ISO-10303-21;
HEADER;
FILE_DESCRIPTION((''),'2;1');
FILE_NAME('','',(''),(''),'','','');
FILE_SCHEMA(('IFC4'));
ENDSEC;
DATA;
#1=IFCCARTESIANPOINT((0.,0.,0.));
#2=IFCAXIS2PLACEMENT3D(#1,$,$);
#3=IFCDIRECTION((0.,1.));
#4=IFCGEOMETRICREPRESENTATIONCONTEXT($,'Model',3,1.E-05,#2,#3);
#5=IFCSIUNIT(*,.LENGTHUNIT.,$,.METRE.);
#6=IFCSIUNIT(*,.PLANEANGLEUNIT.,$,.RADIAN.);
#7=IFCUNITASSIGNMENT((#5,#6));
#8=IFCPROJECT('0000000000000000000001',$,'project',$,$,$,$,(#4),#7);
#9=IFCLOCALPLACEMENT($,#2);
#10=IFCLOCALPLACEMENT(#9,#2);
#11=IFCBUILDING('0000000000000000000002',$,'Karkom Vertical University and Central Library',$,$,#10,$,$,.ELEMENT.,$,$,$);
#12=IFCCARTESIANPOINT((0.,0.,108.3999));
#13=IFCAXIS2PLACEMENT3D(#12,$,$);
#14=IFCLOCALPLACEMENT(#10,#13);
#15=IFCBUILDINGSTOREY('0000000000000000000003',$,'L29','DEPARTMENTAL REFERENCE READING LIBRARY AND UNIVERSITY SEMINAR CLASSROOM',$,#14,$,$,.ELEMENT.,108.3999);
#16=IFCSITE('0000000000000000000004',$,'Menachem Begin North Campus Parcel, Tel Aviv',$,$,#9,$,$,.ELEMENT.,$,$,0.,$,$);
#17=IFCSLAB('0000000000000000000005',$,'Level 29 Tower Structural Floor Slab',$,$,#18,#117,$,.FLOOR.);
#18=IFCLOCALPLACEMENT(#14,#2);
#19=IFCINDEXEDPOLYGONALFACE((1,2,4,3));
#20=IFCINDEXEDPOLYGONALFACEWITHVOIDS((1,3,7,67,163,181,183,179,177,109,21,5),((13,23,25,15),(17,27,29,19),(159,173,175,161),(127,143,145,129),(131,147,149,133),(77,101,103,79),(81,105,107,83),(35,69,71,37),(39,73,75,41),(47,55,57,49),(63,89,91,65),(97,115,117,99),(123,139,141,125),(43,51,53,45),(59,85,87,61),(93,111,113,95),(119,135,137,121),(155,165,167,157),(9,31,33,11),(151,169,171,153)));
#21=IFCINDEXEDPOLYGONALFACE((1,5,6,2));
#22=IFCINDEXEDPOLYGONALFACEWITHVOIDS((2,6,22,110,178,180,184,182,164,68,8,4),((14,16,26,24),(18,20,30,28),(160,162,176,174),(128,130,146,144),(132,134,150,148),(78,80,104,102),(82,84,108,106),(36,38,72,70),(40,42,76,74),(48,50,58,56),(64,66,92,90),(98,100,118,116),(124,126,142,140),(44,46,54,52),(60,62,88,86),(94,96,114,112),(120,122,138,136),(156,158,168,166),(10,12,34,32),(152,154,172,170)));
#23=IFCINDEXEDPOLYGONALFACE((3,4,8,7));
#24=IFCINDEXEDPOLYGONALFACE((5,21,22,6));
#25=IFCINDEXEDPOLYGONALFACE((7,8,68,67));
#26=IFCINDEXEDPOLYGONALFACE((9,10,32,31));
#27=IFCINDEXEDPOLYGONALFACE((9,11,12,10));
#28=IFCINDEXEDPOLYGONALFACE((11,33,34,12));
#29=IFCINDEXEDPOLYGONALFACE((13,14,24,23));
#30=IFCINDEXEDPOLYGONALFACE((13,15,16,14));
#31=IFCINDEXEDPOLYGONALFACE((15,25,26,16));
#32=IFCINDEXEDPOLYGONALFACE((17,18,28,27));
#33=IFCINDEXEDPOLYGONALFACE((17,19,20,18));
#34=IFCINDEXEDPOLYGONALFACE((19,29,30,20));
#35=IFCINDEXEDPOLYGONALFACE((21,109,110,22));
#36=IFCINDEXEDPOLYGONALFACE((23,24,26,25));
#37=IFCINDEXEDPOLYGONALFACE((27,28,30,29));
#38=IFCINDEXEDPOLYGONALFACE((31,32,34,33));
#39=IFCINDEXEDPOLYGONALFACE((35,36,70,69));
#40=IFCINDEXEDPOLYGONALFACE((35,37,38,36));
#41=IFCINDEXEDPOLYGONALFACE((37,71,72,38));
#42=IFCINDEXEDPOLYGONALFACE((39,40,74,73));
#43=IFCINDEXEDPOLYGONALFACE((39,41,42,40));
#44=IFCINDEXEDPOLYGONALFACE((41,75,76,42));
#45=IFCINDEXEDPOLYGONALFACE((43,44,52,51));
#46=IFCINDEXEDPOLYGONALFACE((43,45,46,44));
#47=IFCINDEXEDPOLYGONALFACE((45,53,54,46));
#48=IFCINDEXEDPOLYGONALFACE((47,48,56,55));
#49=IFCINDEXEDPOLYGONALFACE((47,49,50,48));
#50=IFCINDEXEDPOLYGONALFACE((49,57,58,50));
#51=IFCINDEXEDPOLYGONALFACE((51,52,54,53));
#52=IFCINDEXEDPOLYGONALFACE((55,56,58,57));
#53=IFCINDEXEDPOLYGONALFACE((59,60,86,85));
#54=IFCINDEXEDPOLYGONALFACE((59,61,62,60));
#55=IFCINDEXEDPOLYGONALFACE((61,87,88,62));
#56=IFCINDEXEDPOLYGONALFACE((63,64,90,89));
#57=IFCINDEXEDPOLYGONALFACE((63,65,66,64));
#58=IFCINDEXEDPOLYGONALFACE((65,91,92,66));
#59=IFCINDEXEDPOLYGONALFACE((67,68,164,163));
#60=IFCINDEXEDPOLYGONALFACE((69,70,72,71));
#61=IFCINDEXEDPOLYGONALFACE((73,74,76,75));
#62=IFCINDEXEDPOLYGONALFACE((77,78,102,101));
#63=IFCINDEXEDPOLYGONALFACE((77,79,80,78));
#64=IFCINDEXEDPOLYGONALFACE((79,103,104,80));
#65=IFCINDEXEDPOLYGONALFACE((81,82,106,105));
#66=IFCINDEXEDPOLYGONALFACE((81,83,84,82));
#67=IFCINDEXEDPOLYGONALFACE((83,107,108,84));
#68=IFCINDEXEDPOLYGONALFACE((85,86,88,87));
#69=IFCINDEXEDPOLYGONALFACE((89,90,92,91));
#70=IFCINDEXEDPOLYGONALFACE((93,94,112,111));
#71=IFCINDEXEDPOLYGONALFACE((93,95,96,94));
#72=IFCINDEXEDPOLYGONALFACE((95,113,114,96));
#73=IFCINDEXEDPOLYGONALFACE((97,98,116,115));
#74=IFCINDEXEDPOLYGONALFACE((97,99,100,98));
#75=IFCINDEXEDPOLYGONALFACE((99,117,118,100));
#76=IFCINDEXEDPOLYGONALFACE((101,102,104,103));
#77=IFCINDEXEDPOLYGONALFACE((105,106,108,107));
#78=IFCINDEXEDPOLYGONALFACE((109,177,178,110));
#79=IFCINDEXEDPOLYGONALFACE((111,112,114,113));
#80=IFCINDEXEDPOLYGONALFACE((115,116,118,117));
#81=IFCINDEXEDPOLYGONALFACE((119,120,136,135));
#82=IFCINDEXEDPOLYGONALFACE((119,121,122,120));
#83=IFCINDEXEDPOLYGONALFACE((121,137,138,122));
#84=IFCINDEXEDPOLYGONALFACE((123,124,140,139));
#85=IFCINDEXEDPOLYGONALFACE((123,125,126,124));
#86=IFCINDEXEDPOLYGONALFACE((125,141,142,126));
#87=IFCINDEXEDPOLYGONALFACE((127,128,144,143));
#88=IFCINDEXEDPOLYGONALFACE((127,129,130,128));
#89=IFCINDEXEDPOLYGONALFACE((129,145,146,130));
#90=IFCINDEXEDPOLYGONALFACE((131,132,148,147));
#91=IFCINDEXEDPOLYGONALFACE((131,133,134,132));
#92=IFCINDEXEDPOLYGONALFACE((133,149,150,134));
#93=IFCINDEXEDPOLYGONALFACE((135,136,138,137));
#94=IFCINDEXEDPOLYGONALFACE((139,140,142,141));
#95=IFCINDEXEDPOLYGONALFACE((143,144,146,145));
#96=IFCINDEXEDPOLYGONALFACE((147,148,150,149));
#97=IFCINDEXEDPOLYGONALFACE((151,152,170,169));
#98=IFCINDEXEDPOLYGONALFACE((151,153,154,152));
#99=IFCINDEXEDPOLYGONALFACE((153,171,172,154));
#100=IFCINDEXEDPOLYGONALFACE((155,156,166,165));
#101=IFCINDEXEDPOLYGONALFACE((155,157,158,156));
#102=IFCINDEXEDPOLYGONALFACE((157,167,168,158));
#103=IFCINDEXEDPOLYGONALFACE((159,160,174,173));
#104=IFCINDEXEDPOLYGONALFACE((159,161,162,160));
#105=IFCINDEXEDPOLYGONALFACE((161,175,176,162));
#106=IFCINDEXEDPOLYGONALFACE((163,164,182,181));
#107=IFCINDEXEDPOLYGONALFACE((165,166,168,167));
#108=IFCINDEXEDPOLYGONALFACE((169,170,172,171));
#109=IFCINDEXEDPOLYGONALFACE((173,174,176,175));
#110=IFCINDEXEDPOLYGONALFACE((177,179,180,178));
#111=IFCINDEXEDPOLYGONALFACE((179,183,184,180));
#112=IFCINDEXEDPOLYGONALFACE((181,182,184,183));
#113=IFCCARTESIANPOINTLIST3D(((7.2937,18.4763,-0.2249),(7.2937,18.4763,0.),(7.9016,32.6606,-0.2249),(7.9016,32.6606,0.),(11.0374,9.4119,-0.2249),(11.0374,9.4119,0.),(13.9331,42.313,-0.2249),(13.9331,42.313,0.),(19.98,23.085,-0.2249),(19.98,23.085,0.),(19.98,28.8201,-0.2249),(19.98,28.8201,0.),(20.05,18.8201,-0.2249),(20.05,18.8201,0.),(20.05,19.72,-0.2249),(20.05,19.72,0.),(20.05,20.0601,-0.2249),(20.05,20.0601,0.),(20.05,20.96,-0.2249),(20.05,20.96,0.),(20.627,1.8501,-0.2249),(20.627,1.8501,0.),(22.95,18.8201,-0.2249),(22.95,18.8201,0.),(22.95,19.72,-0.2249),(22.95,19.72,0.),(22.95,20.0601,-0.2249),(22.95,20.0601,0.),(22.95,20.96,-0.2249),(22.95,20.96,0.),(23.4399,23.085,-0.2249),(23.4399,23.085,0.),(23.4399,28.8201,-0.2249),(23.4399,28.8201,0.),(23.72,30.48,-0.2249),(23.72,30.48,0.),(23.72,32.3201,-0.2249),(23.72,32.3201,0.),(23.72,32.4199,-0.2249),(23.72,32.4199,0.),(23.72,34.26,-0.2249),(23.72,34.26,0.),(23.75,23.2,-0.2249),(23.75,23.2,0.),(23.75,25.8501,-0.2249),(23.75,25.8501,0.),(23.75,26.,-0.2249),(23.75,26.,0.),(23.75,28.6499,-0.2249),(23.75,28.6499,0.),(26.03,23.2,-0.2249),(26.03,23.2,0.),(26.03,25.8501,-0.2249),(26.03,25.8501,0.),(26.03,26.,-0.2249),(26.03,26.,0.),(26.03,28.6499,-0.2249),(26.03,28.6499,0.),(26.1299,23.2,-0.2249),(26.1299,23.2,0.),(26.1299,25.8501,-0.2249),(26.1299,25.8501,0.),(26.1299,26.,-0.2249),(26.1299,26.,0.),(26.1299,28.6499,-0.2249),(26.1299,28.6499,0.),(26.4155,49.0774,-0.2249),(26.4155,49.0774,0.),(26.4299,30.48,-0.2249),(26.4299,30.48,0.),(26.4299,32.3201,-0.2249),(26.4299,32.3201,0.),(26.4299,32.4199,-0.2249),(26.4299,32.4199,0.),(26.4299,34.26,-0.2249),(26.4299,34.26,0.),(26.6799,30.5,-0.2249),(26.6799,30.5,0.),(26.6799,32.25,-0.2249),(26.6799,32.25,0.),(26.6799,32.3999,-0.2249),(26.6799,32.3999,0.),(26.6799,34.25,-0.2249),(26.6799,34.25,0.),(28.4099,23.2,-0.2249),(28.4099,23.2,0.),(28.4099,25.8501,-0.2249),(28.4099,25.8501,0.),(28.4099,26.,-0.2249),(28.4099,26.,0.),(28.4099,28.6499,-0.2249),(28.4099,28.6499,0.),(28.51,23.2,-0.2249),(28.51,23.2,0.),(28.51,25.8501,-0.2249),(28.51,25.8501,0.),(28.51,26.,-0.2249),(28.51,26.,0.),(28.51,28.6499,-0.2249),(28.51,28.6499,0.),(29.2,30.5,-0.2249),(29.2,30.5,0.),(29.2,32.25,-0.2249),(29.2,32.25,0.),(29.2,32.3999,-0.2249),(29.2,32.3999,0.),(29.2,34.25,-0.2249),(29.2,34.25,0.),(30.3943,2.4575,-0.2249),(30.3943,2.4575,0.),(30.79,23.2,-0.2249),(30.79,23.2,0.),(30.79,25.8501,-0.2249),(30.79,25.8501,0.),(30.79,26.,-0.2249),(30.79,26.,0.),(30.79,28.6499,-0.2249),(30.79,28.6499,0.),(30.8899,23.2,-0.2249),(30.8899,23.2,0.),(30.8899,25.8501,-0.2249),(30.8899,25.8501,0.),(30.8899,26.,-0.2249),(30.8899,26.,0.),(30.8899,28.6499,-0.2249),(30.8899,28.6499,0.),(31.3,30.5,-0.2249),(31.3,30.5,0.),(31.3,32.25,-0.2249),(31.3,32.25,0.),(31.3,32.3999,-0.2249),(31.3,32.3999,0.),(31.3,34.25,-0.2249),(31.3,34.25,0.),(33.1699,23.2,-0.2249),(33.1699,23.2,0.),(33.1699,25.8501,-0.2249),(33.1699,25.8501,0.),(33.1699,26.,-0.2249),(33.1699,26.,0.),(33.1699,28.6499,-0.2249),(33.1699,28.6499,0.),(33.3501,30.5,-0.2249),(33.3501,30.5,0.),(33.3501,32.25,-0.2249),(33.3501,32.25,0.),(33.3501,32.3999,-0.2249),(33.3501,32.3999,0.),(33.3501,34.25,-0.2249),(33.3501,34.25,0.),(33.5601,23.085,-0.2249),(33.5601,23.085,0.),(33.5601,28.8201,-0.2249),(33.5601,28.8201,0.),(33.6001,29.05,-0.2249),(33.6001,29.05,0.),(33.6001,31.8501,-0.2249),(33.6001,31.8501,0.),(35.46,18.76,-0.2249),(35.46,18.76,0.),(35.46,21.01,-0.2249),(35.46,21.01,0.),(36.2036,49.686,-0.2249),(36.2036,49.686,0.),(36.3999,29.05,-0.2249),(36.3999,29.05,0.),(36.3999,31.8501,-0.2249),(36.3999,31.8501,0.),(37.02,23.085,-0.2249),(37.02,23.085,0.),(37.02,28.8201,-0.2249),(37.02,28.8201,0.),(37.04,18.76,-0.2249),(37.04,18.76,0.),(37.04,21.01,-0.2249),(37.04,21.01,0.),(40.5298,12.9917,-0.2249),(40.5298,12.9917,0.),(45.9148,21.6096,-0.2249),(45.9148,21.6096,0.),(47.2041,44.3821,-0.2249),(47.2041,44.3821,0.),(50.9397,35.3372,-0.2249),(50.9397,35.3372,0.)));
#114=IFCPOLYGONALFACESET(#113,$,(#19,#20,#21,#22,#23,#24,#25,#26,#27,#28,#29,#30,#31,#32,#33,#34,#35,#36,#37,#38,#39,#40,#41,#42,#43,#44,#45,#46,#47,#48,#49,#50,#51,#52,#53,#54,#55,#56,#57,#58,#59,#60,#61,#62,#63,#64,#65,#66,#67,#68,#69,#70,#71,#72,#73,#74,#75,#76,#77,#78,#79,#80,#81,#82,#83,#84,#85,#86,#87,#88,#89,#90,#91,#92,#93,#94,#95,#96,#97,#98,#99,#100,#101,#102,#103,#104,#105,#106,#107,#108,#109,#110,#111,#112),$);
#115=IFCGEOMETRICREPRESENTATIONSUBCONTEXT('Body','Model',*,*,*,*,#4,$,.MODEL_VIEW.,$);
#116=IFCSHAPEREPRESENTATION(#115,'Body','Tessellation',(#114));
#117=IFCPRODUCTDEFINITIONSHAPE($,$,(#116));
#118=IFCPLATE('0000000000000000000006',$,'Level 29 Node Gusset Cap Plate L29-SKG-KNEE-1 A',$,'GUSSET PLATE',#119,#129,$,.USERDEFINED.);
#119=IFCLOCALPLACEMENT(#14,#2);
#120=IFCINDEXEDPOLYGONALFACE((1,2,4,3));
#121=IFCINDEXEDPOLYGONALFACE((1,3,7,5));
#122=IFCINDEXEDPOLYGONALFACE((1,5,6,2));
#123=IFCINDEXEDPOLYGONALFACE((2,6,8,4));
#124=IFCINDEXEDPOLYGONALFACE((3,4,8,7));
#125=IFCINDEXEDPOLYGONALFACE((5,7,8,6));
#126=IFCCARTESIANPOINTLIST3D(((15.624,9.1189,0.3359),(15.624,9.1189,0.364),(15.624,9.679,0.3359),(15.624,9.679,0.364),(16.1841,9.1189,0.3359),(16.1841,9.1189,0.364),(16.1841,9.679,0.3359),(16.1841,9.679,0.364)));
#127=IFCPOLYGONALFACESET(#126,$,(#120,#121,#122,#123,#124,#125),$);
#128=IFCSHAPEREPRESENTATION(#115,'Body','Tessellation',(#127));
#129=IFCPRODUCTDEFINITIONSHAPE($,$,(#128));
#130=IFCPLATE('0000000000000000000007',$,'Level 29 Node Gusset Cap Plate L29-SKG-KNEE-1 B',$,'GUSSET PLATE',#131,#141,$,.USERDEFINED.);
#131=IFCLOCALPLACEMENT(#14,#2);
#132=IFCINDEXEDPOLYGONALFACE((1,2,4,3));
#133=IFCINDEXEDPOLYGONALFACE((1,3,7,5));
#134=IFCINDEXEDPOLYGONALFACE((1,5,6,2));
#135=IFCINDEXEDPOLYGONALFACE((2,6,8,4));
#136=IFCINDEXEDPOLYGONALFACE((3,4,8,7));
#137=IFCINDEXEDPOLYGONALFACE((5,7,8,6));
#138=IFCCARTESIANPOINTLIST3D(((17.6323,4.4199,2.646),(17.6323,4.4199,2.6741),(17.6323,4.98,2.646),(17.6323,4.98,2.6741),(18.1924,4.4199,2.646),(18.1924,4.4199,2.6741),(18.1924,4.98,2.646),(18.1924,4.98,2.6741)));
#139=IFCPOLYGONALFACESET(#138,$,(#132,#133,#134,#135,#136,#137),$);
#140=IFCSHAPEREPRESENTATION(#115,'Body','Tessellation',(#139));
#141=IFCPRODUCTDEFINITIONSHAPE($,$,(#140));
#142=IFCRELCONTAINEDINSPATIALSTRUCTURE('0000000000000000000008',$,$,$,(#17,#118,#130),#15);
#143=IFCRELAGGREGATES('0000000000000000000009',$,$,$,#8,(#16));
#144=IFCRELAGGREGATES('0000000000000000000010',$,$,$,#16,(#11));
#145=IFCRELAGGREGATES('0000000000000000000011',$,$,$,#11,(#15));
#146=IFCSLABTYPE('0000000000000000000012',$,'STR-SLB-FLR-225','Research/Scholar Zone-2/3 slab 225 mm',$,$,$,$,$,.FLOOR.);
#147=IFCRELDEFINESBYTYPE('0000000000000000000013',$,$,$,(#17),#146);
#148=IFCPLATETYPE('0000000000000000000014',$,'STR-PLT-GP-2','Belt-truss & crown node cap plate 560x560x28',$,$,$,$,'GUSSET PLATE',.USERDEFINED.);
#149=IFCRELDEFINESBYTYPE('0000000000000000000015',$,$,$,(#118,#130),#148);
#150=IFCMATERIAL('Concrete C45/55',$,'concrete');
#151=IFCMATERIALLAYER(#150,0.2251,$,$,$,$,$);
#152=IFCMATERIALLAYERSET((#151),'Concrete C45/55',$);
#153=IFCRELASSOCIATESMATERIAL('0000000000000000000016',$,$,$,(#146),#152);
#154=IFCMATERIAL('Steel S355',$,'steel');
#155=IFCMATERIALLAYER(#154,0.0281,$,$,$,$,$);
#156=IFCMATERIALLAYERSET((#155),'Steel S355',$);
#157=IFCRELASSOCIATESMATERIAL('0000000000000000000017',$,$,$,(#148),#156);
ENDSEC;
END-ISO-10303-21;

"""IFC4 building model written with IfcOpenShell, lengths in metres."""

from ifc_helpers import new_model, si_unit, direction, frame, origin, origin_with_axes, origin_2d, place, context, subcontext, project, spatial, polyline, rectangle, outline, extrude, source, transform, mapped, material, layer, layer_set, type_object, element, save


model = new_model("IFC4")

# Units and contexts
model_context = context("Model", 3, precision=1e-05, world=origin(), true_north=direction((0.0, 1.0)))
body_context = subcontext(model_context, "Body", "Model", "MODEL_VIEW")
ifc_project = project(units=[si_unit("LENGTHUNIT", "METRE"), si_unit("PLANEANGLEUNIT", "RADIAN")], contexts=[model_context])

# Site, building, storey
site_placement = place(None, origin())
site = spatial("IfcSite", under=ifc_project, at=site_placement, Name="Menachem Begin North Campus Parcel, Tel Aviv", CompositionType="ELEMENT", RefElevation=0.0)
building_placement = place(site_placement, origin())
building = spatial("IfcBuilding", under=site, at=building_placement, Name="Karkom Vertical University and Central Library", CompositionType="ELEMENT")
storey_placement = place(building_placement, frame((0.0, 0.0, 108.3999)))
storey = spatial("IfcBuildingStorey", under=building, at=storey_placement, Name="L29", Description="DEPARTMENTAL REFERENCE READING LIBRARY AND UNIVERSITY SEMINAR CLASSROOM", CompositionType="ELEMENT", Elevation=108.3999)

# Shared definitions
ifc_material_1 = material(Name="Steel S355", Category="steel")

# Shared definitions
ifc_material_2 = material(Name="Concrete C45/55", Category="concrete")

# Slab
ifc_layer_1 = layer(ifc_material_2, 0.2251)
ifc_layer_set_1 = layer_set([ifc_layer_1], Name="Concrete C45/55")
slab_type_1 = type_object("IfcSlabType", Name="STR-SLB-FLR-225", Description="Research/Scholar Zone-2/3 slab 225 mm", PredefinedType="FLOOR", material=ifc_layer_set_1)
slab_1_placement = place(storey_placement, frame((0.0, 0.0, -0.2249)))
element("IfcSlab", 1, at=slab_1_placement, inside=storey, type_object=slab_type_1, Name="Level 29 Tower Structural Floor Slab", PredefinedType="FLOOR", context=body_context, shape_type="SweptSolid", body=[
    extrude(outline(polyline([(13.9331, 42.313), (7.9016, 32.6606), (7.2937, 18.4763), (11.0374, 9.4119), (20.627, 1.8501), (30.3943, 2.4575), (40.5298, 12.9917), (45.9148, 21.6096), (50.9397, 35.3372), (47.2041, 44.3821), (36.2036, 49.686), (26.4155, 49.0774), (13.9331, 42.313)]), holes=[polyline([(19.98, 23.085), (23.4399, 23.085), (23.4399, 28.8201), (19.98, 28.8201), (19.98, 23.085)]), polyline([(33.5601, 23.085), (37.02, 23.085), (37.02, 28.8201), (33.5601, 28.8201), (33.5601, 23.085)]), polyline([(23.75, 23.2), (26.03, 23.2), (26.03, 25.8501), (23.75, 25.8501), (23.75, 23.2)]), polyline([(26.1299, 23.2), (28.4099, 23.2), (28.4099, 25.8501), (26.1299, 25.8501), (26.1299, 23.2)]), polyline([(28.51, 23.2), (30.79, 23.2), (30.79, 25.8501), (28.51, 25.8501), (28.51, 23.2)]), polyline([(30.8899, 23.2), (33.1699, 23.2), (33.1699, 25.8501), (30.8899, 25.8501), (30.8899, 23.2)]), polyline([(23.75, 26.0), (26.03, 26.0), (26.03, 28.6499), (23.75, 28.6499), (23.75, 26.0)]), polyline([(26.1299, 26.0), (28.4099, 26.0), (28.4099, 28.6499), (26.1299, 28.6499), (26.1299, 26.0)]), polyline([(28.51, 26.0), (30.79, 26.0), (30.79, 28.6499), (28.51, 28.6499), (28.51, 26.0)]), polyline([(30.8899, 26.0), (33.1699, 26.0), (33.1699, 28.6499), (30.8899, 28.6499), (30.8899, 26.0)]), polyline([(26.6799, 30.5), (29.2, 30.5), (29.2, 32.25), (26.6799, 32.25), (26.6799, 30.5)]), polyline([(26.6799, 32.3999), (29.2, 32.3999), (29.2, 34.25), (26.6799, 34.25), (26.6799, 32.3999)]), polyline([(31.3, 30.5), (33.3501, 30.5), (33.3501, 32.25), (31.3, 32.25), (31.3, 30.5)]), polyline([(31.3, 32.3999), (33.3501, 32.3999), (33.3501, 34.25), (31.3, 34.25), (31.3, 32.3999)]), polyline([(23.72, 30.48), (26.4299, 30.48), (26.4299, 32.3201), (23.72, 32.3201), (23.72, 30.48)]), polyline([(23.72, 32.4199), (26.4299, 32.4199), (26.4299, 34.26), (23.72, 34.26), (23.72, 32.4199)]), polyline([(33.6001, 29.05), (36.3999, 29.05), (36.3999, 31.8501), (33.6001, 31.8501), (33.6001, 29.05)]), polyline([(20.05, 18.8201), (22.95, 18.8201), (22.95, 19.72), (20.05, 19.72), (20.05, 18.8201)]), polyline([(20.05, 20.0601), (22.95, 20.0601), (22.95, 20.96), (20.05, 20.96), (20.05, 20.0601)]), polyline([(35.46, 18.76), (37.04, 18.76), (37.04, 21.01), (35.46, 21.01), (35.46, 18.76)])]), origin(), (0.0, 0.0, 1.0), 0.2249),
])

# Plates
ifc_layer_2 = layer(ifc_material_1, 0.0281)
ifc_layer_set_2 = layer_set([ifc_layer_2], Name="Steel S355")
plate_type = type_object("IfcPlateType", Name="STR-PLT-GP-2", Description="Belt-truss & crown node cap plate 560x560x28", ElementType="GUSSET PLATE", PredefinedType="USERDEFINED", material=ifc_layer_set_2)
shared_shape_1 = source(origin_with_axes(), body_context, "Body", "SweptSolid", [
    extrude(rectangle(XDim=0.5601, YDim=0.5601, at=origin_2d()), origin(), (0.0, 0.0, 1.0), 0.0281),
])
for number, where, z_axis, x_axis, name in (
    (2, (15.9041, 9.3989, 0.3359), (0.0, 0.0, 1.0), (1.0, 0.0, 0.0), "Level 29 Node Gusset Cap Plate L29-SKG-KNEE-1 A"),
    (3, (17.9124, 4.7, 2.646), (0.0, 0.0, 1.0), (1.0, 0.0, 0.0), "Level 29 Node Gusset Cap Plate L29-SKG-KNEE-1 B"),
):
    element("IfcPlate", number, at=place(storey_placement, frame(where, z_axis=z_axis, x_axis=x_axis)), inside=storey, type_object=plate_type, Name=name, ObjectType="GUSSET PLATE", PredefinedType="USERDEFINED", context=body_context, shape_type="MappedRepresentation", body=[
        mapped(shared_shape_1, transform((0.0, 0.0, 0.0), scale=1.0)),
    ])

save(model, "model.ifc")
